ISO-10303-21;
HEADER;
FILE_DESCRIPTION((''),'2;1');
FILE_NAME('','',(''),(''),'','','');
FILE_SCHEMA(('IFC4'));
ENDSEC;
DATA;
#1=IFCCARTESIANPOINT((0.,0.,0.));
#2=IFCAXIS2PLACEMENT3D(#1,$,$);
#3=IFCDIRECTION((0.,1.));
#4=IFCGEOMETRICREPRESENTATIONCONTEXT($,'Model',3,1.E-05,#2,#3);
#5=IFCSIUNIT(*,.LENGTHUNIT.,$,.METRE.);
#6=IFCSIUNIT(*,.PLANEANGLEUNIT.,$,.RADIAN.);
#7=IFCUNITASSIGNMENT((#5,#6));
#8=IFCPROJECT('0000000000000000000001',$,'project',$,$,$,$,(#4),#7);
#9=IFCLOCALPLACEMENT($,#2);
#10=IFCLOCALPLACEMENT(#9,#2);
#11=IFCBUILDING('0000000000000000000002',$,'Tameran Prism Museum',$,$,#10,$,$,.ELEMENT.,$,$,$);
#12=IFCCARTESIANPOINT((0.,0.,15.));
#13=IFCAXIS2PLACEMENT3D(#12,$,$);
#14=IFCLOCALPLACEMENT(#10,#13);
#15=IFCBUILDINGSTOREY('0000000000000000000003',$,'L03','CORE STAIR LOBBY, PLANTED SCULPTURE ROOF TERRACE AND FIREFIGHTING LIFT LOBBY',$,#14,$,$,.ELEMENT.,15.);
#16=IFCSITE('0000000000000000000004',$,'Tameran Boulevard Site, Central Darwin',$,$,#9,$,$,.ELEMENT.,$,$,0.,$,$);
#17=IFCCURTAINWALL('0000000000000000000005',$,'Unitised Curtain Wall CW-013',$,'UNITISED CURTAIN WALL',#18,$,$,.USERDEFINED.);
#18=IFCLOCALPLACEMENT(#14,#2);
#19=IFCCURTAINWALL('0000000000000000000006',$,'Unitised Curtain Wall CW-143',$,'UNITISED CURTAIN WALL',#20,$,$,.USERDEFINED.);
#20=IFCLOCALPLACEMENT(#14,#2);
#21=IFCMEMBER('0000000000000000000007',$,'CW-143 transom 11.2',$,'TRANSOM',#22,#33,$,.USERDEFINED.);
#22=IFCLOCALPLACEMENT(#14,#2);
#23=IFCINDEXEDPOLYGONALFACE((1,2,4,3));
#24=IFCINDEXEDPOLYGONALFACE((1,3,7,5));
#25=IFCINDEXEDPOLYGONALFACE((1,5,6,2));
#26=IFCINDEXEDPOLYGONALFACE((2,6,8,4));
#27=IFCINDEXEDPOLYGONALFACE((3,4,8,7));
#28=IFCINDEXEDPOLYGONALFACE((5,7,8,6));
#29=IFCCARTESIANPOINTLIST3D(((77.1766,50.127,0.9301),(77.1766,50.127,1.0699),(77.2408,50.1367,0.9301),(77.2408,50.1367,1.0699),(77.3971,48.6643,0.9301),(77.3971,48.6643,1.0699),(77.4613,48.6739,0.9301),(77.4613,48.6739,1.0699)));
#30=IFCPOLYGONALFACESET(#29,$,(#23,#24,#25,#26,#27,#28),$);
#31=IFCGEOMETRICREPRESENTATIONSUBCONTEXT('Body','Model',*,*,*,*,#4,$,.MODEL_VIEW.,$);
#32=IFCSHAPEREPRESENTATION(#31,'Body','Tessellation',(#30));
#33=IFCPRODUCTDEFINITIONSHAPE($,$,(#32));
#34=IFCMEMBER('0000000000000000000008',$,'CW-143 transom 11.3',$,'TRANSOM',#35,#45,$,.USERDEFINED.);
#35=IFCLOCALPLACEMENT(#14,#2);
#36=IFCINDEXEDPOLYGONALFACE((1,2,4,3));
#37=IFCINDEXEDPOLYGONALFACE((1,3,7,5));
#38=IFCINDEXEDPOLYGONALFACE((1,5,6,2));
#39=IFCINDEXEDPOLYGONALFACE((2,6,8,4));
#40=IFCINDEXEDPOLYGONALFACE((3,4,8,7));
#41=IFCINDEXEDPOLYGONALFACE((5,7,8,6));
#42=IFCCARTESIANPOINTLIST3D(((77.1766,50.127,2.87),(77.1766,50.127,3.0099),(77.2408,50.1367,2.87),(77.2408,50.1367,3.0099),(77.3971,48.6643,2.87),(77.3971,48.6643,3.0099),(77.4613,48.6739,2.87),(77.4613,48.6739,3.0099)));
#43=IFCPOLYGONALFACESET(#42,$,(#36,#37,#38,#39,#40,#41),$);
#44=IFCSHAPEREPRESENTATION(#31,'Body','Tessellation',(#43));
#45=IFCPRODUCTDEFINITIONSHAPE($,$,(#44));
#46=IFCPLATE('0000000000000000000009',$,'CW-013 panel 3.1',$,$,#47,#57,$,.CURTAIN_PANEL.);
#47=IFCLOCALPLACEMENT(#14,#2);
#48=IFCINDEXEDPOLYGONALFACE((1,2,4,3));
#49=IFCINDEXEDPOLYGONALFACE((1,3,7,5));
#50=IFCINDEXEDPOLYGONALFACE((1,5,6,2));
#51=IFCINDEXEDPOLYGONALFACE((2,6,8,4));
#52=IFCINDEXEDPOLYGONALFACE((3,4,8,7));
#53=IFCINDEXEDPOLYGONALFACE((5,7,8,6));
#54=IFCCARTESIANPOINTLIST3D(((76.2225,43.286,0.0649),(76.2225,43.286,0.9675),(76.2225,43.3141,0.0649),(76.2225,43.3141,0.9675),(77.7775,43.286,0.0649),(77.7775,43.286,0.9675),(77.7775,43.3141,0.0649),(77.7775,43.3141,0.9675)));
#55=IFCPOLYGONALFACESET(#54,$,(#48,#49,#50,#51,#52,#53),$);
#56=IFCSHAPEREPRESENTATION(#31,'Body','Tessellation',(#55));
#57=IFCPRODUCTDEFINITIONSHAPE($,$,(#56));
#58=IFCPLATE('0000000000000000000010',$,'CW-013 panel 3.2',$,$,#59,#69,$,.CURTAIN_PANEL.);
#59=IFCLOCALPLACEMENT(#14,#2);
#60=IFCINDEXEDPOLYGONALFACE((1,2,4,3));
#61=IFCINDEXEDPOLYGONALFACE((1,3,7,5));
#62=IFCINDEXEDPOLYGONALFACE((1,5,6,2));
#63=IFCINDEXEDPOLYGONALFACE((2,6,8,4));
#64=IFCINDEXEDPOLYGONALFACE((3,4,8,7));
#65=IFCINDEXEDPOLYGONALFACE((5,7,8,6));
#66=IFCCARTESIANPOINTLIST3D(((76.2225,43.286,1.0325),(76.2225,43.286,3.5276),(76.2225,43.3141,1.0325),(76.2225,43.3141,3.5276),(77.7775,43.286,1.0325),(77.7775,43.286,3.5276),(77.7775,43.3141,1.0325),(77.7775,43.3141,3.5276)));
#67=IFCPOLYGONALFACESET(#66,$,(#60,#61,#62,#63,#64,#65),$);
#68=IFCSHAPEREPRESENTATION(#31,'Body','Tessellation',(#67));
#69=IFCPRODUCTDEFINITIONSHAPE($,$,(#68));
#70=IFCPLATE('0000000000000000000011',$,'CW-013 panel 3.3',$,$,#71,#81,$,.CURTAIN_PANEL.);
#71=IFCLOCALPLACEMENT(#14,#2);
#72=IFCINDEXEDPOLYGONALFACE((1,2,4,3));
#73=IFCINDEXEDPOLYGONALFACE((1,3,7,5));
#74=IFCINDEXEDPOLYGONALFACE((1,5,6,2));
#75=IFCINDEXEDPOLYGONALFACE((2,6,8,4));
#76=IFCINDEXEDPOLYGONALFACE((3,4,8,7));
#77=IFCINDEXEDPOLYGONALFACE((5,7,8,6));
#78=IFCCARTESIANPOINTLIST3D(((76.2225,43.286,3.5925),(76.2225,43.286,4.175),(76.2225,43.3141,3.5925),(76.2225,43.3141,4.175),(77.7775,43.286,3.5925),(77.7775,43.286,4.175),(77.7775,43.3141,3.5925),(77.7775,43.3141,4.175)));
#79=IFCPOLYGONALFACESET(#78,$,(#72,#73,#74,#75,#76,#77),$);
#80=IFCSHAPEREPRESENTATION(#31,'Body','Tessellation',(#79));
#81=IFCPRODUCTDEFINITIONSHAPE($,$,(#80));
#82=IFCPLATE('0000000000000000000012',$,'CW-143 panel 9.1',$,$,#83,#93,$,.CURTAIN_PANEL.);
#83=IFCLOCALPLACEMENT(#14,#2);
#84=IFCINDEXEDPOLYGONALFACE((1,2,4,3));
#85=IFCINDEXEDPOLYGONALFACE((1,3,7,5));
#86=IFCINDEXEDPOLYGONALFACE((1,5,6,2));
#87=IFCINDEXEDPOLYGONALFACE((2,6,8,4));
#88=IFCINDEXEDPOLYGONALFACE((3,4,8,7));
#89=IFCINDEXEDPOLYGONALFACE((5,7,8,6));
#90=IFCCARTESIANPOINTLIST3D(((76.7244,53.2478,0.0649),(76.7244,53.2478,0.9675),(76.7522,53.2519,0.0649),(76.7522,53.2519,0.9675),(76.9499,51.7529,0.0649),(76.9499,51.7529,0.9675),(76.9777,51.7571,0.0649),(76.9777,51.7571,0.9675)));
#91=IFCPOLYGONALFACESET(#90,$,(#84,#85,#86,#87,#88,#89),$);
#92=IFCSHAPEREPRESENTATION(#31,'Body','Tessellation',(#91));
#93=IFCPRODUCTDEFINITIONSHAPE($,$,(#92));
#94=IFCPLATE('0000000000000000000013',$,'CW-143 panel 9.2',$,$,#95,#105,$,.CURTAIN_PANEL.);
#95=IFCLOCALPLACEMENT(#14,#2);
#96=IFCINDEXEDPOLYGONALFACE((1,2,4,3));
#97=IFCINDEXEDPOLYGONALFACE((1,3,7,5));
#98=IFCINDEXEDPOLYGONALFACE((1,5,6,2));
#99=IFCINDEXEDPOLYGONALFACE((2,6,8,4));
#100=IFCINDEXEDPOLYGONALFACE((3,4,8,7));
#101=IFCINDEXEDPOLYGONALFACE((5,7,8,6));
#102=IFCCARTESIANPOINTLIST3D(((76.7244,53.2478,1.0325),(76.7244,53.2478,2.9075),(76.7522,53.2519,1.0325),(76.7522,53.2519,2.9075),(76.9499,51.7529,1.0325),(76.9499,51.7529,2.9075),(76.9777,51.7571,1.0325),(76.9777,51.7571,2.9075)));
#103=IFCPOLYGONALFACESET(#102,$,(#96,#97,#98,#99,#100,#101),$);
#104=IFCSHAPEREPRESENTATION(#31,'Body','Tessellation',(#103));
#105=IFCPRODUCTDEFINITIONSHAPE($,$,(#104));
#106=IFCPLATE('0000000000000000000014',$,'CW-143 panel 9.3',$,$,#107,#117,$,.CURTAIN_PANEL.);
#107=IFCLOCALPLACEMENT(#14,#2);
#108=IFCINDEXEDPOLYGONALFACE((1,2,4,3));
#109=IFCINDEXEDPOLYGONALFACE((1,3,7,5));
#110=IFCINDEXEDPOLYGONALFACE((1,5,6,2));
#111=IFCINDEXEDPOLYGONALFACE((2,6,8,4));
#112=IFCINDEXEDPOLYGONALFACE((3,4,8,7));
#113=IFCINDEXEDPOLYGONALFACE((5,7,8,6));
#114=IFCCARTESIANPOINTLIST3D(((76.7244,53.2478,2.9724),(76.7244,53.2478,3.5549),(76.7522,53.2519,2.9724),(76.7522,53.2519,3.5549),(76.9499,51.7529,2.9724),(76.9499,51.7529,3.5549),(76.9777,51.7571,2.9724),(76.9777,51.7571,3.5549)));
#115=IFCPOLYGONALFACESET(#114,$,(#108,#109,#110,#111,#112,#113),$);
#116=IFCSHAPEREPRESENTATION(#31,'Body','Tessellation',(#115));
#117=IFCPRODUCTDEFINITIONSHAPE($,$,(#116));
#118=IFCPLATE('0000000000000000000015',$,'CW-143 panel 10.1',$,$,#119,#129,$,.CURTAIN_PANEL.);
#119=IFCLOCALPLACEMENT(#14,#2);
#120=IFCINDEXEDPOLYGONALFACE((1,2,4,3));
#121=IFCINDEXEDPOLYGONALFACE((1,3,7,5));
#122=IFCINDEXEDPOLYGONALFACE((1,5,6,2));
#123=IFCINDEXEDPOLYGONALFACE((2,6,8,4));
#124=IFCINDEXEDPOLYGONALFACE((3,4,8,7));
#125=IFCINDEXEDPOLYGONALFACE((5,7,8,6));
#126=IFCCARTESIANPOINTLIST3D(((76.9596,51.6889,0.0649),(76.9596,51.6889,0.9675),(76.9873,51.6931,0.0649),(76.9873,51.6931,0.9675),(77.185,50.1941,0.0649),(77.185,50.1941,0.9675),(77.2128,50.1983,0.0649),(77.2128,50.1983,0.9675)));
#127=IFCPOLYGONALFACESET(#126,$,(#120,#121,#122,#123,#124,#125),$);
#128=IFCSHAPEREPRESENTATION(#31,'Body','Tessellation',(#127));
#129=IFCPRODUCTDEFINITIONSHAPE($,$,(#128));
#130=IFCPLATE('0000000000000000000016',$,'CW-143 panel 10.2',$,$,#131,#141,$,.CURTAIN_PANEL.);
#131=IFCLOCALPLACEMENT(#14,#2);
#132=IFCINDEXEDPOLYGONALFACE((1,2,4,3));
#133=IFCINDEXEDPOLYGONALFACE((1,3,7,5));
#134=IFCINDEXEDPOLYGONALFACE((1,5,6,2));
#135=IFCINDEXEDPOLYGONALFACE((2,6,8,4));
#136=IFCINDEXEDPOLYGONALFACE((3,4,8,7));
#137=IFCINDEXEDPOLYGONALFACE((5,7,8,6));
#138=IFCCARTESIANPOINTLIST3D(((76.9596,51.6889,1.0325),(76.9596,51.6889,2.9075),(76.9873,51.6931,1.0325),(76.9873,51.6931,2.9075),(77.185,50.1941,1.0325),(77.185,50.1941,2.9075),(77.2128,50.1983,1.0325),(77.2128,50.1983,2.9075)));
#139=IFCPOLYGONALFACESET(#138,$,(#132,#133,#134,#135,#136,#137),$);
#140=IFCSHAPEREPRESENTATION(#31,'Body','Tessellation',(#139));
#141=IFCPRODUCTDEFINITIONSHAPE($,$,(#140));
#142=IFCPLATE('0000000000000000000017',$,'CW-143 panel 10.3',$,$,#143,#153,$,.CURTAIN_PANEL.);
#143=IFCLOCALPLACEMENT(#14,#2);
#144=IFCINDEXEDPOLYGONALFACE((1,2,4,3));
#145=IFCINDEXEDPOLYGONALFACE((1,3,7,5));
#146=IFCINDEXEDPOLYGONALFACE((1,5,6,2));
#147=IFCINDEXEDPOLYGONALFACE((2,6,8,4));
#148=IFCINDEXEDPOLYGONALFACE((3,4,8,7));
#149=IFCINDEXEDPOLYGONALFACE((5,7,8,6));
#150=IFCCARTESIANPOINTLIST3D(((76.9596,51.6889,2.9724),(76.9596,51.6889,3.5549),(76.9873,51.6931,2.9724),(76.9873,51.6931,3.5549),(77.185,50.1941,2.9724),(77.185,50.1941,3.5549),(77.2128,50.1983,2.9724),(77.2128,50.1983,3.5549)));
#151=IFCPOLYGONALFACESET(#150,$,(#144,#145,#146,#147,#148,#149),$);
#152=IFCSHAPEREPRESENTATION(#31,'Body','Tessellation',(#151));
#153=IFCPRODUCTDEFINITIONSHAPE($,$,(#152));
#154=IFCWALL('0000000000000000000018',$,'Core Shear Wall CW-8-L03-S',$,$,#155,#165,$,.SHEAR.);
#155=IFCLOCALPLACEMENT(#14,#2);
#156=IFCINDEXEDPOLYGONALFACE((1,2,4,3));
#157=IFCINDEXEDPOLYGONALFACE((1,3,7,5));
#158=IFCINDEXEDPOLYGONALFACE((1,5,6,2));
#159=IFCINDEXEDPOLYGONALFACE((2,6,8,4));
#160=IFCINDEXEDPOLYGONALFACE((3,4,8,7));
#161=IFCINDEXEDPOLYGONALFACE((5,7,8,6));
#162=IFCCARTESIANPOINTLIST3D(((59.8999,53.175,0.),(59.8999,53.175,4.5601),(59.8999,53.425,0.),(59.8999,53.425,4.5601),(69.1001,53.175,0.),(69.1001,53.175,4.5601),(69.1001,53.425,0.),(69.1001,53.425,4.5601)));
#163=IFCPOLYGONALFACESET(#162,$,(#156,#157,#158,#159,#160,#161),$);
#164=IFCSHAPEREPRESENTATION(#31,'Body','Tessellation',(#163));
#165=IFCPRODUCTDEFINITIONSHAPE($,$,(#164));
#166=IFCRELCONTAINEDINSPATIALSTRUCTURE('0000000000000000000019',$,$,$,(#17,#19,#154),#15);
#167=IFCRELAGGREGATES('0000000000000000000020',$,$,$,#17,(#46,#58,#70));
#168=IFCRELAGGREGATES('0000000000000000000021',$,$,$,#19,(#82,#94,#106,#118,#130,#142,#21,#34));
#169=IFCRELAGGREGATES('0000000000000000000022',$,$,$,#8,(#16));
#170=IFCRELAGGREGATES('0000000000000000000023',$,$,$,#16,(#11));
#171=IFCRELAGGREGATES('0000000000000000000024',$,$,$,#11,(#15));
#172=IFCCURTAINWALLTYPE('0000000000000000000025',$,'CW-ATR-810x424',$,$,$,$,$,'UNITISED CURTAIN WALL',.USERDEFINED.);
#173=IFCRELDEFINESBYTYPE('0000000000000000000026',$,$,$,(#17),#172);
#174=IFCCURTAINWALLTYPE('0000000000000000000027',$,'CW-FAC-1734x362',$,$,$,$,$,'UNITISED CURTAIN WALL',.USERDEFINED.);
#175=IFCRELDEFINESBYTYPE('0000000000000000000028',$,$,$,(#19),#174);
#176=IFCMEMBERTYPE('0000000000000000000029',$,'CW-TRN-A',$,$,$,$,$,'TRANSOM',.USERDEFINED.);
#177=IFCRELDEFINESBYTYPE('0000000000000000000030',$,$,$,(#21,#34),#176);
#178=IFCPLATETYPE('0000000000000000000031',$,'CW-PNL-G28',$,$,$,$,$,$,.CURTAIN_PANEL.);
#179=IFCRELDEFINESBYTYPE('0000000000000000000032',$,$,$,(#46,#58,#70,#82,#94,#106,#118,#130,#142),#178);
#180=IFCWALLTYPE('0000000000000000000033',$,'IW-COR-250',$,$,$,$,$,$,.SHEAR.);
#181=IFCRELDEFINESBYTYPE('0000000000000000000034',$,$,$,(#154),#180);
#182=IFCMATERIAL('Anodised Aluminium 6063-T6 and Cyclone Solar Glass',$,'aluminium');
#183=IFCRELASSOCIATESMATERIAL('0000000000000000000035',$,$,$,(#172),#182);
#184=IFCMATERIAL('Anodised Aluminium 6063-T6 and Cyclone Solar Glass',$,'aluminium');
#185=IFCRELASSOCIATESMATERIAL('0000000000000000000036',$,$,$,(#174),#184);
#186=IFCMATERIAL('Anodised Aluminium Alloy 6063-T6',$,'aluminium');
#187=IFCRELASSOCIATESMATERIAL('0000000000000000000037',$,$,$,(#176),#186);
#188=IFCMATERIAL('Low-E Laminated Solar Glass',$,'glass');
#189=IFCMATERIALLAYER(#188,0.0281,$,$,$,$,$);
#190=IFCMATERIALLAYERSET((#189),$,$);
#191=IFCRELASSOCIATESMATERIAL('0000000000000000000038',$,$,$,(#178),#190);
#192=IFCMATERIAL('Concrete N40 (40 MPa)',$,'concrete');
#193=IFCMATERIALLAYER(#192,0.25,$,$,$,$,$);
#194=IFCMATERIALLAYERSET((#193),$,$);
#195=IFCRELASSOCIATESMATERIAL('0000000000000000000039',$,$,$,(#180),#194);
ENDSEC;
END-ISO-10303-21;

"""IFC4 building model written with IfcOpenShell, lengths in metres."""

from ifc_helpers import new_model, si_unit, direction, frame, frame_2d, origin, origin_2d, place, context, subcontext, project, spatial, rectangle, extrude, material, layer, layer_set, material_profile, profile_set, type_object, element, aggregate, save


model = new_model("IFC4")

# Units and contexts
model_context = context("Model", 3, precision=1e-05, world=origin(), true_north=direction((0.0, 1.0)))
body_context = subcontext(model_context, "Body", "Model", "MODEL_VIEW")
ifc_project = project(units=[si_unit("LENGTHUNIT", "METRE"), si_unit("PLANEANGLEUNIT", "RADIAN")], contexts=[model_context])

# Site, building, storey
site_placement = place(None, origin())
site = spatial("IfcSite", under=ifc_project, at=site_placement, Name="Tameran Boulevard Site, Central Darwin", CompositionType="ELEMENT", RefElevation=0.0)
building_placement = place(site_placement, origin())
building = spatial("IfcBuilding", under=site, at=building_placement, Name="Tameran Prism Museum", CompositionType="ELEMENT")
storey_placement = place(building_placement, frame((0.0, 0.0, 15.0)))
storey = spatial("IfcBuildingStorey", under=building, at=storey_placement, Name="L03", Description="CORE STAIR LOBBY, PLANTED SCULPTURE ROOF TERRACE AND FIREFIGHTING LIFT LOBBY", CompositionType="ELEMENT", Elevation=15.0)

# Curtain wall
ifc_material_1 = material(Name="Anodised Aluminium 6063-T6 and Cyclone Solar Glass", Category="aluminium")
curtain_wall_type_1 = type_object("IfcCurtainWallType", Name="CW-ATR-810x424", ElementType="UNITISED CURTAIN WALL", PredefinedType="USERDEFINED", material=ifc_material_1)
curtain_wall_1_placement = place(storey_placement, origin())
curtain_wall_1 = element("IfcCurtainWall", 1, at=curtain_wall_1_placement, inside=storey, type_object=curtain_wall_type_1, Name="Unitised Curtain Wall CW-013", ObjectType="UNITISED CURTAIN WALL", PredefinedType="USERDEFINED")

# Curtain wall
ifc_material_2 = material(Name="Anodised Aluminium 6063-T6 and Cyclone Solar Glass", Category="aluminium")
curtain_wall_type_2 = type_object("IfcCurtainWallType", Name="CW-FAC-1734x362", ElementType="UNITISED CURTAIN WALL", PredefinedType="USERDEFINED", material=ifc_material_2)
curtain_wall_2_placement = place(storey_placement, origin())
curtain_wall_2 = element("IfcCurtainWall", 2, at=curtain_wall_2_placement, inside=storey, type_object=curtain_wall_type_2, Name="Unitised Curtain Wall CW-143", ObjectType="UNITISED CURTAIN WALL", PredefinedType="USERDEFINED")

# Members
ifc_material_3 = material(Name="Anodised Aluminium Alloy 6063-T6", Category="aluminium")
ifc_material_profile_1 = material_profile(ifc_material_3, rectangle(XDim=0.0649, YDim=0.1399, at=origin_2d()))
ifc_profile_set_1 = profile_set([ifc_material_profile_1])
member_type_1 = type_object("IfcMemberType", Name="CW-TRN-A", ElementType="TRANSOM", PredefinedType="USERDEFINED", material=ifc_profile_set_1)
member_1_placement = place(storey_placement, frame((77.2087, 50.1318, 1.0), z_axis=(0.149043, -0.988831, 0.0), x_axis=(0.988831, 0.149043, 0.0)))
member_1 = element("IfcMember", 3, at=member_1_placement, type_object=member_type_1, Name="CW-143 transom 11.2", ObjectType="TRANSOM", PredefinedType="USERDEFINED", context=body_context, shape_type="SweptSolid", body=[
    extrude(rectangle(XDim=0.0649, YDim=0.1399, at=origin_2d()), origin(), (0.0, 0.0, 1.0), 1.4792),
])
member_2_placement = place(storey_placement, frame((77.2087, 50.1318, 2.9399), z_axis=(0.149043, -0.988831, 0.0), x_axis=(0.988831, 0.149043, 0.0)))
member_2 = element("IfcMember", 4, at=member_2_placement, type_object=member_type_1, Name="CW-143 transom 11.3", ObjectType="TRANSOM", PredefinedType="USERDEFINED", context=body_context, shape_type="SweptSolid", body=[
    extrude(rectangle(XDim=0.0649, YDim=0.1399, at=origin_2d()), origin(), (0.0, 0.0, 1.0), 1.4792),
])

# Plates
ifc_material_4 = material(Name="Low-E Laminated Solar Glass", Category="glass")
ifc_layer_1 = layer(ifc_material_4, 0.0281)
ifc_layer_set_1 = layer_set([ifc_layer_1])
plate_type = type_object("IfcPlateType", Name="CW-PNL-G28", PredefinedType="CURTAIN_PANEL", material=ifc_layer_set_1)
plate_1_placement = place(storey_placement, frame((77.0, 43.3, 0.0649), z_axis=(0.0, 0.0, 1.0), x_axis=(-1.0, 0.0, 0.0)))
plate_1 = element("IfcPlate", 5, at=plate_1_placement, type_object=plate_type, Name="CW-013 panel 3.1", PredefinedType="CURTAIN_PANEL", context=body_context, shape_type="SweptSolid", body=[
    extrude(rectangle(XDim=1.5549, YDim=0.0281, at=origin_2d()), origin(), (0.0, 0.0, 1.0), 0.9026),
])
plate_2_placement = place(storey_placement, frame((77.0, 43.3, 1.0325), z_axis=(0.0, 0.0, 1.0), x_axis=(-1.0, 0.0, 0.0)))
plate_2 = element("IfcPlate", 6, at=plate_2_placement, type_object=plate_type, Name="CW-013 panel 3.2", PredefinedType="CURTAIN_PANEL", context=body_context, shape_type="SweptSolid", body=[
    extrude(rectangle(XDim=1.5549, YDim=0.0281, at=origin_2d()), origin(), (0.0, 0.0, 1.0), 2.4951),
])
plate_3_placement = place(storey_placement, frame((77.0, 43.3, 3.5925), z_axis=(0.0, 0.0, 1.0), x_axis=(-1.0, 0.0, 0.0)))
plate_3 = element("IfcPlate", 7, at=plate_3_placement, type_object=plate_type, Name="CW-013 panel 3.3", PredefinedType="CURTAIN_PANEL", context=body_context, shape_type="SweptSolid", body=[
    extrude(rectangle(XDim=1.5549, YDim=0.0281, at=origin_2d()), origin(), (0.0, 0.0, 1.0), 0.5825),
])
aggregate(curtain_wall_1, [plate_1, plate_2, plate_3])
plate_4_placement = place(storey_placement, frame((76.8511, 52.5024, 0.0649), z_axis=(0.0, 0.0, 1.0), x_axis=(0.149167, -0.988812, 0.0)))
plate_4 = element("IfcPlate", 8, at=plate_4_placement, type_object=plate_type, Name="CW-143 panel 9.1", PredefinedType="CURTAIN_PANEL", context=body_context, shape_type="SweptSolid", body=[
    extrude(rectangle(XDim=1.5117, YDim=0.0281, at=origin_2d()), origin(), (0.0, 0.0, 1.0), 0.9026),
])
plate_5_placement = place(storey_placement, frame((76.8511, 52.5024, 1.0325), z_axis=(0.0, 0.0, 1.0), x_axis=(0.149167, -0.988812, 0.0)))
plate_5 = element("IfcPlate", 9, at=plate_5_placement, type_object=plate_type, Name="CW-143 panel 9.2", PredefinedType="CURTAIN_PANEL", context=body_context, shape_type="SweptSolid", body=[
    extrude(rectangle(XDim=1.5117, YDim=0.0281, at=origin_2d()), origin(), (0.0, 0.0, 1.0), 1.875),
])
plate_6_placement = place(storey_placement, frame((76.8511, 52.5024, 2.9724), z_axis=(0.0, 0.0, 1.0), x_axis=(0.149167, -0.988812, 0.0)))
plate_6 = element("IfcPlate", 10, at=plate_6_placement, type_object=plate_type, Name="CW-143 panel 9.3", PredefinedType="CURTAIN_PANEL", context=body_context, shape_type="SweptSolid", body=[
    extrude(rectangle(XDim=1.5117, YDim=0.0281, at=origin_2d()), origin(), (0.0, 0.0, 1.0), 0.5825),
])
plate_7_placement = place(storey_placement, frame((77.0862, 50.9436, 0.0649), z_axis=(0.0, 0.0, 1.0), x_axis=(0.149167, -0.988812, 0.0)))
plate_7 = element("IfcPlate", 11, at=plate_7_placement, type_object=plate_type, Name="CW-143 panel 10.1", PredefinedType="CURTAIN_PANEL", context=body_context, shape_type="SweptSolid", body=[
    extrude(rectangle(XDim=1.5117, YDim=0.0281, at=origin_2d()), origin(), (0.0, 0.0, 1.0), 0.9026),
])
plate_8_placement = place(storey_placement, frame((77.0862, 50.9436, 1.0325), z_axis=(0.0, 0.0, 1.0), x_axis=(0.149167, -0.988812, 0.0)))
plate_8 = element("IfcPlate", 12, at=plate_8_placement, type_object=plate_type, Name="CW-143 panel 10.2", PredefinedType="CURTAIN_PANEL", context=body_context, shape_type="SweptSolid", body=[
    extrude(rectangle(XDim=1.5117, YDim=0.0281, at=origin_2d()), origin(), (0.0, 0.0, 1.0), 1.875),
])
plate_9_placement = place(storey_placement, frame((77.0862, 50.9436, 2.9724), z_axis=(0.0, 0.0, 1.0), x_axis=(0.149167, -0.988812, 0.0)))
plate_9 = element("IfcPlate", 13, at=plate_9_placement, type_object=plate_type, Name="CW-143 panel 10.3", PredefinedType="CURTAIN_PANEL", context=body_context, shape_type="SweptSolid", body=[
    extrude(rectangle(XDim=1.5117, YDim=0.0281, at=origin_2d()), origin(), (0.0, 0.0, 1.0), 0.5825),
])
aggregate(curtain_wall_2, [plate_4, plate_5, plate_6, plate_7, plate_8, plate_9, member_1, member_2])

# Wall
ifc_material_5 = material(Name="Concrete N40 (40 MPa)", Category="concrete")
ifc_layer_2 = layer(ifc_material_5, 0.25)
ifc_layer_set_2 = layer_set([ifc_layer_2])
wall_type = type_object("IfcWallType", Name="IW-COR-250", PredefinedType="SHEAR", material=ifc_layer_set_2)
wall_placement = place(storey_placement, frame((69.1001, 53.3, 0.0), z_axis=(0.0, 0.0, 1.0), x_axis=(-1.0, 0.0, 0.0)))
element("IfcWall", 14, at=wall_placement, inside=storey, type_object=wall_type, Name="Core Shear Wall CW-8-L03-S", PredefinedType="SHEAR", context=body_context, shape_type="SweptSolid", body=[
    extrude(rectangle(XDim=9.2002, YDim=0.25, at=frame_2d((4.6001, 0.0))), origin(), (0.0, 0.0, 1.0), 4.5601),
])

save(model, "model.ifc")
